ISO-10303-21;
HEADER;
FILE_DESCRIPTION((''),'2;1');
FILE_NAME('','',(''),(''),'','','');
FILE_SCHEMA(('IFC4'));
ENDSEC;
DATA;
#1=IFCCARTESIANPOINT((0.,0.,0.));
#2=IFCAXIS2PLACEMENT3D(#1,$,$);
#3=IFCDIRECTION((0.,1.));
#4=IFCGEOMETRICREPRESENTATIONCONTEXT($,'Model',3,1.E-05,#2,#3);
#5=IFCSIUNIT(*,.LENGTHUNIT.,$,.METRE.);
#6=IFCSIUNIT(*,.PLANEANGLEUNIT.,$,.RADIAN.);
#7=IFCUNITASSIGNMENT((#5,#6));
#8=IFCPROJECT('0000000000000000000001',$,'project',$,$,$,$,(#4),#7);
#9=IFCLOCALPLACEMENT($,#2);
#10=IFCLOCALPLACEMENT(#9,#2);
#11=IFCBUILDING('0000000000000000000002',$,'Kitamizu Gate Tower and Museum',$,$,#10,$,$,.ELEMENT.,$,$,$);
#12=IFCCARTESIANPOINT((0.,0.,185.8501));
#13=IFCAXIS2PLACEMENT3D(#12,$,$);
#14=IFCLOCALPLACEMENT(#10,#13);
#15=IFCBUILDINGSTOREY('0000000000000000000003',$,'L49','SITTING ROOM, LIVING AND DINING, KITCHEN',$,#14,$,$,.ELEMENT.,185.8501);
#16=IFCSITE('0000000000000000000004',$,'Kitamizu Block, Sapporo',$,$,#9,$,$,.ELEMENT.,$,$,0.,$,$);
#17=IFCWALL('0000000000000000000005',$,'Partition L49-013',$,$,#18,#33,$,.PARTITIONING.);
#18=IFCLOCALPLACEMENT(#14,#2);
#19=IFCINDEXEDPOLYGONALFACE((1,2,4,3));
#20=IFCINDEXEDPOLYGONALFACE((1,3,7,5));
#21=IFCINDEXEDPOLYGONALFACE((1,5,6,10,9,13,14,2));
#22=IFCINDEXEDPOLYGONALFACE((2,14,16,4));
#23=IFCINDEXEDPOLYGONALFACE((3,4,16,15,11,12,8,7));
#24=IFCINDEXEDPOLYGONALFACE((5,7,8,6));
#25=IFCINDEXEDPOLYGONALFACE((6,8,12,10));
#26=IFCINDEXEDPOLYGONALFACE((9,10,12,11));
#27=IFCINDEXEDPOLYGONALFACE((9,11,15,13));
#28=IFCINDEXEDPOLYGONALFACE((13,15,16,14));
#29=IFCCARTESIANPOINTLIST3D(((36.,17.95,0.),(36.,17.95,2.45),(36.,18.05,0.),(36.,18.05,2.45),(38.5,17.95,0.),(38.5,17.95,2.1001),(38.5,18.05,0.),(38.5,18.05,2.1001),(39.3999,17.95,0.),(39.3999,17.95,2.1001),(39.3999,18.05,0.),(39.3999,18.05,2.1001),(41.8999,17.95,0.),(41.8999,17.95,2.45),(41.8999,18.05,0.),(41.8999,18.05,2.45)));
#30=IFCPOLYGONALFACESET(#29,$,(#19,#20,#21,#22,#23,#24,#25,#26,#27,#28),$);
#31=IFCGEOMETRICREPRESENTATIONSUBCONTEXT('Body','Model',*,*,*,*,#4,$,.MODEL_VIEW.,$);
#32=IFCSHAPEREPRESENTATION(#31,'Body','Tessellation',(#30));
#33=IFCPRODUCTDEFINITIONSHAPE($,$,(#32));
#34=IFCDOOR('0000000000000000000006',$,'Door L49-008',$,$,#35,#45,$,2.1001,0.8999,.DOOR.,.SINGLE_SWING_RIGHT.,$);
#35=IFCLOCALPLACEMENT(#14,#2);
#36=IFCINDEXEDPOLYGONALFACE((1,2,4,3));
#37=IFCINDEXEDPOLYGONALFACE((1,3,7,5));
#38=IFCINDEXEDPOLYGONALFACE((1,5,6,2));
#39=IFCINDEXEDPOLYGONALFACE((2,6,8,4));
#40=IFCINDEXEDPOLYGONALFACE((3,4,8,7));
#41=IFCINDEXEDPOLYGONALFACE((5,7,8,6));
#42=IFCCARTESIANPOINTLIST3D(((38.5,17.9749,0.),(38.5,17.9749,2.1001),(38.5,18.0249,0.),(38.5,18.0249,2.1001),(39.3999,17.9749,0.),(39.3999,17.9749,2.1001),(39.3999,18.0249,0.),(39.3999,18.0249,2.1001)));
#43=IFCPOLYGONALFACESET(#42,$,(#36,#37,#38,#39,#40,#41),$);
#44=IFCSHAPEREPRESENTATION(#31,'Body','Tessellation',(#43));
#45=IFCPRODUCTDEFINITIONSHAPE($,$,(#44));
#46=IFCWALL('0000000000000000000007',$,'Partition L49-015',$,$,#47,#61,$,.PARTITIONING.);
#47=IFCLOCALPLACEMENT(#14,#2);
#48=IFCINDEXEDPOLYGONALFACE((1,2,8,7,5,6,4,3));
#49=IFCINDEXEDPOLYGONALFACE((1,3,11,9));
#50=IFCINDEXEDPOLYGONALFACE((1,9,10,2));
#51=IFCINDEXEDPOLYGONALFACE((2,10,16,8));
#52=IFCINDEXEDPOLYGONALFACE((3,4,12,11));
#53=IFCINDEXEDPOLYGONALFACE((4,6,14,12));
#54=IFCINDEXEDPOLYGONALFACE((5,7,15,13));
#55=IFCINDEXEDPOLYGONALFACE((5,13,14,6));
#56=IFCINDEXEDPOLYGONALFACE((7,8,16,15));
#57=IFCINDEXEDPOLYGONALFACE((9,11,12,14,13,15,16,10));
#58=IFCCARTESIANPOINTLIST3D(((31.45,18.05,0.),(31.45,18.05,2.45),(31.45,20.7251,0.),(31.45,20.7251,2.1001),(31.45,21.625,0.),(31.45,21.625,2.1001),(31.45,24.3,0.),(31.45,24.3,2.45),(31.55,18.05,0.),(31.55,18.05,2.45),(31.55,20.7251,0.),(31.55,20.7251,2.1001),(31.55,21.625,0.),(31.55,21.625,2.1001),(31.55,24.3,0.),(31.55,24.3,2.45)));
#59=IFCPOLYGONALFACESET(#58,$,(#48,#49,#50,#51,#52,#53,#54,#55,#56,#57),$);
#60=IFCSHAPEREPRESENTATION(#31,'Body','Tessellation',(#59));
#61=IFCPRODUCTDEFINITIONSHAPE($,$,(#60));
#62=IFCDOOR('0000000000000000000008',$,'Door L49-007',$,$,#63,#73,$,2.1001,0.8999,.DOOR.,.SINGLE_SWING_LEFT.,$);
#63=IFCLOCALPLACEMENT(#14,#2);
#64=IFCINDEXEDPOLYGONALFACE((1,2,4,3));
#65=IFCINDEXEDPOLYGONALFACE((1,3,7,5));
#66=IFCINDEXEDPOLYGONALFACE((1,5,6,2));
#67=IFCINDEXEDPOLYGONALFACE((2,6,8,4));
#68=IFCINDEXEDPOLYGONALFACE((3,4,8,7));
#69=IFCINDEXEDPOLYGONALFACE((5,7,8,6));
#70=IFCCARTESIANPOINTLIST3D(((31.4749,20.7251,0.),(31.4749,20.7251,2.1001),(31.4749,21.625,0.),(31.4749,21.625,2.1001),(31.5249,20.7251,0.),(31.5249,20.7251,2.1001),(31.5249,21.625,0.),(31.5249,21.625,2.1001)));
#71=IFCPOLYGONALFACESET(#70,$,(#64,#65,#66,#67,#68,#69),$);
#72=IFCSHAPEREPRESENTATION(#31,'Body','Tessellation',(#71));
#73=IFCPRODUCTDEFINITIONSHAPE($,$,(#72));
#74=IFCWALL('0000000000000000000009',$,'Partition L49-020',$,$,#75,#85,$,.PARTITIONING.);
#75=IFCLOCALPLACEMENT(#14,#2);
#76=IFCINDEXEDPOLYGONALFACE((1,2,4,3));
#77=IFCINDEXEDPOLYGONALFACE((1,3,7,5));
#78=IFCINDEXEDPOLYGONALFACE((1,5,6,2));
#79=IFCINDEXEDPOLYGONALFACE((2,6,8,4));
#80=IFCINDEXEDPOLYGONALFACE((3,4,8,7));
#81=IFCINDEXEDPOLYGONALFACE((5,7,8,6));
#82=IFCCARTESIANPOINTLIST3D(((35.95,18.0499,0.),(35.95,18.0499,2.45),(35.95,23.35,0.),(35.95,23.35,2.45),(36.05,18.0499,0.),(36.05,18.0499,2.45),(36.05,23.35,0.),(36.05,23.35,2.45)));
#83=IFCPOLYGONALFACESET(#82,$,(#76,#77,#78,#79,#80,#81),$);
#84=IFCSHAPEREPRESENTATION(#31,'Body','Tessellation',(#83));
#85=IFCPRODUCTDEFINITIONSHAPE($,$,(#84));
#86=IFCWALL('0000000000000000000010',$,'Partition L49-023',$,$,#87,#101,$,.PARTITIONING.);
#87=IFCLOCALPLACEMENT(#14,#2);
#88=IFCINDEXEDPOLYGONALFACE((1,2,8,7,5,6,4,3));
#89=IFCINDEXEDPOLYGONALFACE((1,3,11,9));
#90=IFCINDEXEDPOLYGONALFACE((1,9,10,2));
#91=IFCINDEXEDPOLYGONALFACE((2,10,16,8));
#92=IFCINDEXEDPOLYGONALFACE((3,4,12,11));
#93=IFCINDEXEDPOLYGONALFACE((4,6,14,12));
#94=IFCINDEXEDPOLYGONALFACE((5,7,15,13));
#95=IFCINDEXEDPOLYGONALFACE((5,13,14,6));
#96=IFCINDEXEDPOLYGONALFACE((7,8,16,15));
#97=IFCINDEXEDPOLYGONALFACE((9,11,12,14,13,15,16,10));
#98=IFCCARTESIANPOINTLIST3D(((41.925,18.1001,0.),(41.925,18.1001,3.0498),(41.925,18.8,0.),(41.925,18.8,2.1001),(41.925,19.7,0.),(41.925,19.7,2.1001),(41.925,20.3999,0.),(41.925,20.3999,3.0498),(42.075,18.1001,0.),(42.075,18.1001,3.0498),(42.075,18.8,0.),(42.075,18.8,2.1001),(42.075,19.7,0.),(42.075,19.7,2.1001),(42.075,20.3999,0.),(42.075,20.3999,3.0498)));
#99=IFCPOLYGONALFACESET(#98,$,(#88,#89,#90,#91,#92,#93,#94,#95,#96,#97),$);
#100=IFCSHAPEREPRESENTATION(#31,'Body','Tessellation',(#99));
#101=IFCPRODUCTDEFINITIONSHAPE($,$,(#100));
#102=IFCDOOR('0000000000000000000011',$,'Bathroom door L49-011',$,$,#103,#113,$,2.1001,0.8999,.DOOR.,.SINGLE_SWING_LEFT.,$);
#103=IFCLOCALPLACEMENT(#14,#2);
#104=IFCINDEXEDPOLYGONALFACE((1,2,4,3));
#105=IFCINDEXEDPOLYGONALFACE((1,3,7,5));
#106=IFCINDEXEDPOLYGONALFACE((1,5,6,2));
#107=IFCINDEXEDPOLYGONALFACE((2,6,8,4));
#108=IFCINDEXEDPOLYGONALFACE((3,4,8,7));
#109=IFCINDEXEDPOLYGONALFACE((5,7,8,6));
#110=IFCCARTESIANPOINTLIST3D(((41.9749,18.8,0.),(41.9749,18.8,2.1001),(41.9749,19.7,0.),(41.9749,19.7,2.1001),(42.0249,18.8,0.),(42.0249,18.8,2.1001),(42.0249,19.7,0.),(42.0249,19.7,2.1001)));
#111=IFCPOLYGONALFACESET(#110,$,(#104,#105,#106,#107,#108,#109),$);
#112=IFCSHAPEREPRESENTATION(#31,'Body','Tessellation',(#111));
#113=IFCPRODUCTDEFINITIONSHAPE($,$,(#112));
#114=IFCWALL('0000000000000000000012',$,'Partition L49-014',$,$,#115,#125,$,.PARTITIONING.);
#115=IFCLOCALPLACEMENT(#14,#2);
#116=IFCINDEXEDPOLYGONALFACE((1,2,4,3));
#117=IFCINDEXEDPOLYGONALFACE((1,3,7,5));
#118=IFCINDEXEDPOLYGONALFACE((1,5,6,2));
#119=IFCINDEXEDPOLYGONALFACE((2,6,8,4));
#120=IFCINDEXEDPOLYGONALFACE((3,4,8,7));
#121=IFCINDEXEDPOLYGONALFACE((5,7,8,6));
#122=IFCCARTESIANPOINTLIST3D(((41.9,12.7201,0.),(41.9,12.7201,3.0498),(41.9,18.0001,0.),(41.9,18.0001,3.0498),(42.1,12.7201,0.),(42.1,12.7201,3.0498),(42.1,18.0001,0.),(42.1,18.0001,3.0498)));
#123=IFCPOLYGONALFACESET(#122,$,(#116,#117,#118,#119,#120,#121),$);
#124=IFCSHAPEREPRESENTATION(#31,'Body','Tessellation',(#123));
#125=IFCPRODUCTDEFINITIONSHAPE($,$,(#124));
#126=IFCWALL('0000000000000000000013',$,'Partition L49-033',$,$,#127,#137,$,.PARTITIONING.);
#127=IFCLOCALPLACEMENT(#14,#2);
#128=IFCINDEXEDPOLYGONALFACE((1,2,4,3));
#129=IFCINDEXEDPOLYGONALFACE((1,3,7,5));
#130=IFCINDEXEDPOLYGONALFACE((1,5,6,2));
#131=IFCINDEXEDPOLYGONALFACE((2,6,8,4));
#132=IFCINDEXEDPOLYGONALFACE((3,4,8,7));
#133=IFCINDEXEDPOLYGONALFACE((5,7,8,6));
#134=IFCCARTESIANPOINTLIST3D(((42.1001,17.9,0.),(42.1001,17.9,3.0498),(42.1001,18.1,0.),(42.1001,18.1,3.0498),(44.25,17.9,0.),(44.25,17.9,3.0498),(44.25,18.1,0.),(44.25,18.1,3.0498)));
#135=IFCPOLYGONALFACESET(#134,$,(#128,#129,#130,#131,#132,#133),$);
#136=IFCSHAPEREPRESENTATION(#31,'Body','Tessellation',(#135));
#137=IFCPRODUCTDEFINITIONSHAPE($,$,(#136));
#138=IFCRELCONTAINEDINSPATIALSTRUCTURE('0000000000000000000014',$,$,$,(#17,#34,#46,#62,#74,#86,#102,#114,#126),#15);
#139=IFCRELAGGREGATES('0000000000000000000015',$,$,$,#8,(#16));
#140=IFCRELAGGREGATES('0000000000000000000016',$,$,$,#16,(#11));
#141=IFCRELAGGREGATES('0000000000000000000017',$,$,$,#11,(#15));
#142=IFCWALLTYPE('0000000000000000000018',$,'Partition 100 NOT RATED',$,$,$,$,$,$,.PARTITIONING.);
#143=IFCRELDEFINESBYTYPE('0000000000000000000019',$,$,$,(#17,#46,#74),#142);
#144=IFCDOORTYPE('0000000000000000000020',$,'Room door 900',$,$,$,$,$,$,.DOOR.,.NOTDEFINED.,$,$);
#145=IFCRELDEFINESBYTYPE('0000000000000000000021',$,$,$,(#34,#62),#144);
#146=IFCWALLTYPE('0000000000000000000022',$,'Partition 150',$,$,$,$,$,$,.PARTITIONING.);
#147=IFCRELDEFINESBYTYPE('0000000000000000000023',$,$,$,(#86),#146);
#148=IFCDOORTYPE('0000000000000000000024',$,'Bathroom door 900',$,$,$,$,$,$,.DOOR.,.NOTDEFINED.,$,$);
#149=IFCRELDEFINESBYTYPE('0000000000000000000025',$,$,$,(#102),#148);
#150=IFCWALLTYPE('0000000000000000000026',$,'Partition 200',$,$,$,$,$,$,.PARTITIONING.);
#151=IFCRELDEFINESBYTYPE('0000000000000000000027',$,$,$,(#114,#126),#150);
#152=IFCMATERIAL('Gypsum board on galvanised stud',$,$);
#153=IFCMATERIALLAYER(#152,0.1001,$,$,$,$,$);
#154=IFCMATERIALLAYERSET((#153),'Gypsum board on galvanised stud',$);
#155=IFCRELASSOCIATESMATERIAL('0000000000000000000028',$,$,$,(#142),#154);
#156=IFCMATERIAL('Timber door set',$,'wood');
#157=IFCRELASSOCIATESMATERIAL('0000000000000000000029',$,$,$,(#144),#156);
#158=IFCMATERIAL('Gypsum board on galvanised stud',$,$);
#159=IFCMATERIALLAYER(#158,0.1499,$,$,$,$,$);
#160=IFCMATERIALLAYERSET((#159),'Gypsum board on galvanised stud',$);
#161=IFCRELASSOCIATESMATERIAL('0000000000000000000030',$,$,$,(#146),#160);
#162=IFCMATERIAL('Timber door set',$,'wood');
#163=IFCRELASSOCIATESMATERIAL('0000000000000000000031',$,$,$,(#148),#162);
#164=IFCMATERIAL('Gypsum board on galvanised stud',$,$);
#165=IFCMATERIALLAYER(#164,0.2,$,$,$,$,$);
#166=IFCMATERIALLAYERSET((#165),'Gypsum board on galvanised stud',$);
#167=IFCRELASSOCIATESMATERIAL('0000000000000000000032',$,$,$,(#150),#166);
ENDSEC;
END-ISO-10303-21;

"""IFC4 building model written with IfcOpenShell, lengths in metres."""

from ifc_helpers import new_model, si_unit, direction, frame, frame_2d, origin, place, context, subcontext, project, spatial, rectangle, extrude, material, layer, layer_set, type_object, element, fill, save


model = new_model("IFC4")

# Units and contexts
model_context = context("Model", 3, precision=1e-05, world=origin(), true_north=direction((0.0, 1.0)))
body_context = subcontext(model_context, "Body", "Model", "MODEL_VIEW")
ifc_project = project(units=[si_unit("LENGTHUNIT", "METRE"), si_unit("PLANEANGLEUNIT", "RADIAN")], contexts=[model_context])

# Site, building, storey
site_placement = place(None, origin())
site = spatial("IfcSite", under=ifc_project, at=site_placement, Name="Kitamizu Block, Sapporo", CompositionType="ELEMENT", RefElevation=0.0)
building_placement = place(site_placement, origin())
building = spatial("IfcBuilding", under=site, at=building_placement, Name="Kitamizu Gate Tower and Museum", CompositionType="ELEMENT")
storey_placement = place(building_placement, frame((0.0, 0.0, 185.8501)))
storey = spatial("IfcBuildingStorey", under=building, at=storey_placement, Name="L49", Description="SITTING ROOM, LIVING AND DINING, KITCHEN", CompositionType="ELEMENT", Elevation=185.8501)

# Shared definitions
ifc_material_1 = material(Name="Gypsum board on galvanised stud")
ifc_layer_1 = layer(ifc_material_1, 0.1001)
ifc_layer_set_1 = layer_set([ifc_layer_1], Name="Gypsum board on galvanised stud")
wall_type_1 = type_object("IfcWallType", Name="Partition 100 NOT RATED", PredefinedType="PARTITIONING", material=ifc_layer_set_1)
ifc_material_2 = material(Name="Timber door set", Category="wood")
door_type_1 = type_object("IfcDoorType", Name="Room door 900", OperationType="NOTDEFINED", PredefinedType="DOOR", material=ifc_material_2)

# Walls, openings, doors
wall_1_placement = place(storey_placement, frame((41.8999, 18.0, 0.0), z_axis=(0.0, 0.0, 1.0), x_axis=(-1.0, 0.0, 0.0)))
wall_1 = element("IfcWall", 1, at=wall_1_placement, inside=storey, type_object=wall_type_1, Name="Partition L49-013", PredefinedType="PARTITIONING", context=body_context, shape_type="SweptSolid", body=[
    extrude(rectangle(XDim=5.8999, YDim=0.1001, at=frame_2d((2.95, 0.0))), origin(), (0.0, 0.0, 1.0), 2.45),
])
opening_1_placement = place(wall_1_placement, frame((2.5, 0.0, 0.0)))
opening_1 = element("IfcOpeningElement", 2, at=opening_1_placement, cuts=wall_1, PredefinedType="OPENING", context=body_context, shape_type="SweptSolid", body=[
    extrude(rectangle(XDim=0.8999, YDim=2.1001, at=frame_2d((0.45, 1.05))), frame((0.0, 0.0601, 0.0), z_axis=(0.0, -1.0, 0.0), x_axis=(1.0, 0.0, 0.0)), (0.0, 0.0, 1.0), 0.1201),
])
door_1_placement = place(opening_1_placement, frame((0.8999, 0.0, 0.0), x_axis=(-1.0, 0.0, 0.0)))
door_1 = element("IfcDoor", 3, at=door_1_placement, inside=storey, type_object=door_type_1, Name="Door L49-008", OperationType="SINGLE_SWING_RIGHT", OverallHeight=2.1001, OverallWidth=0.8999, PredefinedType="DOOR", context=body_context, shape_type="SweptSolid", body=[
    extrude(rectangle(XDim=0.8999, YDim=2.1001, at=frame_2d((0.45, 1.05))), frame((0.0, 0.0249, 0.0), z_axis=(0.0, -1.0, 0.0), x_axis=(1.0, 0.0, 0.0)), (0.0, 0.0, 1.0), 0.05),
])
fill(opening_1, door_1)
wall_2_placement = place(storey_placement, frame((31.5, 18.05, 0.0), z_axis=(0.0, 0.0, 1.0), x_axis=(0.0, 1.0, 0.0)))
wall_2 = element("IfcWall", 4, at=wall_2_placement, inside=storey, type_object=wall_type_1, Name="Partition L49-015", PredefinedType="PARTITIONING", context=body_context, shape_type="SweptSolid", body=[
    extrude(rectangle(XDim=6.25, YDim=0.1001, at=frame_2d((3.125, 0.0))), origin(), (0.0, 0.0, 1.0), 2.45),
])
opening_2_placement = place(wall_2_placement, frame((2.675, 0.0, 0.0)))
opening_2 = element("IfcOpeningElement", 5, at=opening_2_placement, cuts=wall_2, PredefinedType="OPENING", context=body_context, shape_type="SweptSolid", body=[
    extrude(rectangle(XDim=0.8999, YDim=2.1001, at=frame_2d((0.45, 1.05))), frame((0.0, 0.0601, 0.0), z_axis=(0.0, -1.0, 0.0), x_axis=(1.0, 0.0, 0.0)), (0.0, 0.0, 1.0), 0.1201),
])
door_2_placement = place(opening_2_placement, frame((0.8999, 0.0, 0.0), x_axis=(-1.0, 0.0, 0.0)))
door_2 = element("IfcDoor", 6, at=door_2_placement, inside=storey, type_object=door_type_1, Name="Door L49-007", OperationType="SINGLE_SWING_LEFT", OverallHeight=2.1001, OverallWidth=0.8999, PredefinedType="DOOR", context=body_context, shape_type="SweptSolid", body=[
    extrude(rectangle(XDim=0.8999, YDim=2.1001, at=frame_2d((0.45, 1.05))), frame((0.0, 0.0249, 0.0), z_axis=(0.0, -1.0, 0.0), x_axis=(1.0, 0.0, 0.0)), (0.0, 0.0, 1.0), 0.05),
])
fill(opening_2, door_2)

# Wall
wall_3_placement = place(storey_placement, frame((36.0, 18.05, 0.0), z_axis=(0.0, 0.0, 1.0), x_axis=(0.0, 1.0, 0.0)))
element("IfcWall", 7, at=wall_3_placement, inside=storey, type_object=wall_type_1, Name="Partition L49-020", PredefinedType="PARTITIONING", context=body_context, shape_type="SweptSolid", body=[
    extrude(rectangle(XDim=5.3, YDim=0.1001, at=frame_2d((2.6499, 0.0))), origin(), (0.0, 0.0, 1.0), 2.45),
])

# Wall, opening, door
ifc_material_3 = material(Name="Gypsum board on galvanised stud")
ifc_layer_2 = layer(ifc_material_3, 0.1499)
ifc_layer_set_2 = layer_set([ifc_layer_2], Name="Gypsum board on galvanised stud")
wall_type_2 = type_object("IfcWallType", Name="Partition 150", PredefinedType="PARTITIONING", material=ifc_layer_set_2)
wall_4_placement = place(storey_placement, frame((42.0, 18.1001, 0.0), z_axis=(0.0, 0.0, 1.0), x_axis=(0.0, 1.0, 0.0)))
wall_4 = element("IfcWall", 8, at=wall_4_placement, inside=storey, type_object=wall_type_2, Name="Partition L49-023", PredefinedType="PARTITIONING", context=body_context, shape_type="SweptSolid", body=[
    extrude(rectangle(XDim=2.2998, YDim=0.1499, at=frame_2d((1.1499, 0.0))), origin(), (0.0, 0.0, 1.0), 3.0498),
])
opening_3_placement = place(wall_4_placement, frame((0.7, 0.0, 0.0)))
opening_3 = element("IfcOpeningElement", 9, at=opening_3_placement, cuts=wall_4, PredefinedType="OPENING", context=body_context, shape_type="SweptSolid", body=[
    extrude(rectangle(XDim=0.8999, YDim=2.1001, at=frame_2d((0.45, 1.05))), frame((0.0, 0.085, 0.0), z_axis=(0.0, -1.0, 0.0), x_axis=(1.0, 0.0, 0.0)), (0.0, 0.0, 1.0), 0.1699),
])
ifc_material_4 = material(Name="Timber door set", Category="wood")
door_type_2 = type_object("IfcDoorType", Name="Bathroom door 900", OperationType="NOTDEFINED", PredefinedType="DOOR", material=ifc_material_4)
door_3_placement = place(opening_3_placement, frame((0.8999, 0.0, 0.0), x_axis=(-1.0, 0.0, 0.0)))
door_3 = element("IfcDoor", 10, at=door_3_placement, inside=storey, type_object=door_type_2, Name="Bathroom door L49-011", OperationType="SINGLE_SWING_LEFT", OverallHeight=2.1001, OverallWidth=0.8999, PredefinedType="DOOR", context=body_context, shape_type="SweptSolid", body=[
    extrude(rectangle(XDim=0.8999, YDim=2.1001, at=frame_2d((0.45, 1.05))), frame((0.0, 0.0249, 0.0), z_axis=(0.0, -1.0, 0.0), x_axis=(1.0, 0.0, 0.0)), (0.0, 0.0, 1.0), 0.05),
])
fill(opening_3, door_3)

# Walls
ifc_material_5 = material(Name="Gypsum board on galvanised stud")
ifc_layer_3 = layer(ifc_material_5, 0.2)
ifc_layer_set_3 = layer_set([ifc_layer_3], Name="Gypsum board on galvanised stud")
wall_type_3 = type_object("IfcWallType", Name="Partition 200", PredefinedType="PARTITIONING", material=ifc_layer_set_3)
wall_5_placement = place(storey_placement, frame((42.0, 12.72, 0.0), z_axis=(0.0, 0.0, 1.0), x_axis=(0.0, 1.0, 0.0)))
element("IfcWall", 11, at=wall_5_placement, inside=storey, type_object=wall_type_3, Name="Partition L49-014", PredefinedType="PARTITIONING", context=body_context, shape_type="SweptSolid", body=[
    extrude(rectangle(XDim=5.28, YDim=0.2, at=frame_2d((2.6401, 0.0))), origin(), (0.0, 0.0, 1.0), 3.0498),
])
wall_6_placement = place(storey_placement, frame((42.1001, 18.0, 0.0), z_axis=(0.0, 0.0, 1.0), x_axis=(1.0, 0.0, 0.0)))
element("IfcWall", 12, at=wall_6_placement, inside=storey, type_object=wall_type_3, Name="Partition L49-033", PredefinedType="PARTITIONING", context=body_context, shape_type="SweptSolid", body=[
    extrude(rectangle(XDim=2.1499, YDim=0.2, at=frame_2d((1.075, 0.0))), origin(), (0.0, 0.0, 1.0), 3.0498),
])

save(model, "model.ifc")
